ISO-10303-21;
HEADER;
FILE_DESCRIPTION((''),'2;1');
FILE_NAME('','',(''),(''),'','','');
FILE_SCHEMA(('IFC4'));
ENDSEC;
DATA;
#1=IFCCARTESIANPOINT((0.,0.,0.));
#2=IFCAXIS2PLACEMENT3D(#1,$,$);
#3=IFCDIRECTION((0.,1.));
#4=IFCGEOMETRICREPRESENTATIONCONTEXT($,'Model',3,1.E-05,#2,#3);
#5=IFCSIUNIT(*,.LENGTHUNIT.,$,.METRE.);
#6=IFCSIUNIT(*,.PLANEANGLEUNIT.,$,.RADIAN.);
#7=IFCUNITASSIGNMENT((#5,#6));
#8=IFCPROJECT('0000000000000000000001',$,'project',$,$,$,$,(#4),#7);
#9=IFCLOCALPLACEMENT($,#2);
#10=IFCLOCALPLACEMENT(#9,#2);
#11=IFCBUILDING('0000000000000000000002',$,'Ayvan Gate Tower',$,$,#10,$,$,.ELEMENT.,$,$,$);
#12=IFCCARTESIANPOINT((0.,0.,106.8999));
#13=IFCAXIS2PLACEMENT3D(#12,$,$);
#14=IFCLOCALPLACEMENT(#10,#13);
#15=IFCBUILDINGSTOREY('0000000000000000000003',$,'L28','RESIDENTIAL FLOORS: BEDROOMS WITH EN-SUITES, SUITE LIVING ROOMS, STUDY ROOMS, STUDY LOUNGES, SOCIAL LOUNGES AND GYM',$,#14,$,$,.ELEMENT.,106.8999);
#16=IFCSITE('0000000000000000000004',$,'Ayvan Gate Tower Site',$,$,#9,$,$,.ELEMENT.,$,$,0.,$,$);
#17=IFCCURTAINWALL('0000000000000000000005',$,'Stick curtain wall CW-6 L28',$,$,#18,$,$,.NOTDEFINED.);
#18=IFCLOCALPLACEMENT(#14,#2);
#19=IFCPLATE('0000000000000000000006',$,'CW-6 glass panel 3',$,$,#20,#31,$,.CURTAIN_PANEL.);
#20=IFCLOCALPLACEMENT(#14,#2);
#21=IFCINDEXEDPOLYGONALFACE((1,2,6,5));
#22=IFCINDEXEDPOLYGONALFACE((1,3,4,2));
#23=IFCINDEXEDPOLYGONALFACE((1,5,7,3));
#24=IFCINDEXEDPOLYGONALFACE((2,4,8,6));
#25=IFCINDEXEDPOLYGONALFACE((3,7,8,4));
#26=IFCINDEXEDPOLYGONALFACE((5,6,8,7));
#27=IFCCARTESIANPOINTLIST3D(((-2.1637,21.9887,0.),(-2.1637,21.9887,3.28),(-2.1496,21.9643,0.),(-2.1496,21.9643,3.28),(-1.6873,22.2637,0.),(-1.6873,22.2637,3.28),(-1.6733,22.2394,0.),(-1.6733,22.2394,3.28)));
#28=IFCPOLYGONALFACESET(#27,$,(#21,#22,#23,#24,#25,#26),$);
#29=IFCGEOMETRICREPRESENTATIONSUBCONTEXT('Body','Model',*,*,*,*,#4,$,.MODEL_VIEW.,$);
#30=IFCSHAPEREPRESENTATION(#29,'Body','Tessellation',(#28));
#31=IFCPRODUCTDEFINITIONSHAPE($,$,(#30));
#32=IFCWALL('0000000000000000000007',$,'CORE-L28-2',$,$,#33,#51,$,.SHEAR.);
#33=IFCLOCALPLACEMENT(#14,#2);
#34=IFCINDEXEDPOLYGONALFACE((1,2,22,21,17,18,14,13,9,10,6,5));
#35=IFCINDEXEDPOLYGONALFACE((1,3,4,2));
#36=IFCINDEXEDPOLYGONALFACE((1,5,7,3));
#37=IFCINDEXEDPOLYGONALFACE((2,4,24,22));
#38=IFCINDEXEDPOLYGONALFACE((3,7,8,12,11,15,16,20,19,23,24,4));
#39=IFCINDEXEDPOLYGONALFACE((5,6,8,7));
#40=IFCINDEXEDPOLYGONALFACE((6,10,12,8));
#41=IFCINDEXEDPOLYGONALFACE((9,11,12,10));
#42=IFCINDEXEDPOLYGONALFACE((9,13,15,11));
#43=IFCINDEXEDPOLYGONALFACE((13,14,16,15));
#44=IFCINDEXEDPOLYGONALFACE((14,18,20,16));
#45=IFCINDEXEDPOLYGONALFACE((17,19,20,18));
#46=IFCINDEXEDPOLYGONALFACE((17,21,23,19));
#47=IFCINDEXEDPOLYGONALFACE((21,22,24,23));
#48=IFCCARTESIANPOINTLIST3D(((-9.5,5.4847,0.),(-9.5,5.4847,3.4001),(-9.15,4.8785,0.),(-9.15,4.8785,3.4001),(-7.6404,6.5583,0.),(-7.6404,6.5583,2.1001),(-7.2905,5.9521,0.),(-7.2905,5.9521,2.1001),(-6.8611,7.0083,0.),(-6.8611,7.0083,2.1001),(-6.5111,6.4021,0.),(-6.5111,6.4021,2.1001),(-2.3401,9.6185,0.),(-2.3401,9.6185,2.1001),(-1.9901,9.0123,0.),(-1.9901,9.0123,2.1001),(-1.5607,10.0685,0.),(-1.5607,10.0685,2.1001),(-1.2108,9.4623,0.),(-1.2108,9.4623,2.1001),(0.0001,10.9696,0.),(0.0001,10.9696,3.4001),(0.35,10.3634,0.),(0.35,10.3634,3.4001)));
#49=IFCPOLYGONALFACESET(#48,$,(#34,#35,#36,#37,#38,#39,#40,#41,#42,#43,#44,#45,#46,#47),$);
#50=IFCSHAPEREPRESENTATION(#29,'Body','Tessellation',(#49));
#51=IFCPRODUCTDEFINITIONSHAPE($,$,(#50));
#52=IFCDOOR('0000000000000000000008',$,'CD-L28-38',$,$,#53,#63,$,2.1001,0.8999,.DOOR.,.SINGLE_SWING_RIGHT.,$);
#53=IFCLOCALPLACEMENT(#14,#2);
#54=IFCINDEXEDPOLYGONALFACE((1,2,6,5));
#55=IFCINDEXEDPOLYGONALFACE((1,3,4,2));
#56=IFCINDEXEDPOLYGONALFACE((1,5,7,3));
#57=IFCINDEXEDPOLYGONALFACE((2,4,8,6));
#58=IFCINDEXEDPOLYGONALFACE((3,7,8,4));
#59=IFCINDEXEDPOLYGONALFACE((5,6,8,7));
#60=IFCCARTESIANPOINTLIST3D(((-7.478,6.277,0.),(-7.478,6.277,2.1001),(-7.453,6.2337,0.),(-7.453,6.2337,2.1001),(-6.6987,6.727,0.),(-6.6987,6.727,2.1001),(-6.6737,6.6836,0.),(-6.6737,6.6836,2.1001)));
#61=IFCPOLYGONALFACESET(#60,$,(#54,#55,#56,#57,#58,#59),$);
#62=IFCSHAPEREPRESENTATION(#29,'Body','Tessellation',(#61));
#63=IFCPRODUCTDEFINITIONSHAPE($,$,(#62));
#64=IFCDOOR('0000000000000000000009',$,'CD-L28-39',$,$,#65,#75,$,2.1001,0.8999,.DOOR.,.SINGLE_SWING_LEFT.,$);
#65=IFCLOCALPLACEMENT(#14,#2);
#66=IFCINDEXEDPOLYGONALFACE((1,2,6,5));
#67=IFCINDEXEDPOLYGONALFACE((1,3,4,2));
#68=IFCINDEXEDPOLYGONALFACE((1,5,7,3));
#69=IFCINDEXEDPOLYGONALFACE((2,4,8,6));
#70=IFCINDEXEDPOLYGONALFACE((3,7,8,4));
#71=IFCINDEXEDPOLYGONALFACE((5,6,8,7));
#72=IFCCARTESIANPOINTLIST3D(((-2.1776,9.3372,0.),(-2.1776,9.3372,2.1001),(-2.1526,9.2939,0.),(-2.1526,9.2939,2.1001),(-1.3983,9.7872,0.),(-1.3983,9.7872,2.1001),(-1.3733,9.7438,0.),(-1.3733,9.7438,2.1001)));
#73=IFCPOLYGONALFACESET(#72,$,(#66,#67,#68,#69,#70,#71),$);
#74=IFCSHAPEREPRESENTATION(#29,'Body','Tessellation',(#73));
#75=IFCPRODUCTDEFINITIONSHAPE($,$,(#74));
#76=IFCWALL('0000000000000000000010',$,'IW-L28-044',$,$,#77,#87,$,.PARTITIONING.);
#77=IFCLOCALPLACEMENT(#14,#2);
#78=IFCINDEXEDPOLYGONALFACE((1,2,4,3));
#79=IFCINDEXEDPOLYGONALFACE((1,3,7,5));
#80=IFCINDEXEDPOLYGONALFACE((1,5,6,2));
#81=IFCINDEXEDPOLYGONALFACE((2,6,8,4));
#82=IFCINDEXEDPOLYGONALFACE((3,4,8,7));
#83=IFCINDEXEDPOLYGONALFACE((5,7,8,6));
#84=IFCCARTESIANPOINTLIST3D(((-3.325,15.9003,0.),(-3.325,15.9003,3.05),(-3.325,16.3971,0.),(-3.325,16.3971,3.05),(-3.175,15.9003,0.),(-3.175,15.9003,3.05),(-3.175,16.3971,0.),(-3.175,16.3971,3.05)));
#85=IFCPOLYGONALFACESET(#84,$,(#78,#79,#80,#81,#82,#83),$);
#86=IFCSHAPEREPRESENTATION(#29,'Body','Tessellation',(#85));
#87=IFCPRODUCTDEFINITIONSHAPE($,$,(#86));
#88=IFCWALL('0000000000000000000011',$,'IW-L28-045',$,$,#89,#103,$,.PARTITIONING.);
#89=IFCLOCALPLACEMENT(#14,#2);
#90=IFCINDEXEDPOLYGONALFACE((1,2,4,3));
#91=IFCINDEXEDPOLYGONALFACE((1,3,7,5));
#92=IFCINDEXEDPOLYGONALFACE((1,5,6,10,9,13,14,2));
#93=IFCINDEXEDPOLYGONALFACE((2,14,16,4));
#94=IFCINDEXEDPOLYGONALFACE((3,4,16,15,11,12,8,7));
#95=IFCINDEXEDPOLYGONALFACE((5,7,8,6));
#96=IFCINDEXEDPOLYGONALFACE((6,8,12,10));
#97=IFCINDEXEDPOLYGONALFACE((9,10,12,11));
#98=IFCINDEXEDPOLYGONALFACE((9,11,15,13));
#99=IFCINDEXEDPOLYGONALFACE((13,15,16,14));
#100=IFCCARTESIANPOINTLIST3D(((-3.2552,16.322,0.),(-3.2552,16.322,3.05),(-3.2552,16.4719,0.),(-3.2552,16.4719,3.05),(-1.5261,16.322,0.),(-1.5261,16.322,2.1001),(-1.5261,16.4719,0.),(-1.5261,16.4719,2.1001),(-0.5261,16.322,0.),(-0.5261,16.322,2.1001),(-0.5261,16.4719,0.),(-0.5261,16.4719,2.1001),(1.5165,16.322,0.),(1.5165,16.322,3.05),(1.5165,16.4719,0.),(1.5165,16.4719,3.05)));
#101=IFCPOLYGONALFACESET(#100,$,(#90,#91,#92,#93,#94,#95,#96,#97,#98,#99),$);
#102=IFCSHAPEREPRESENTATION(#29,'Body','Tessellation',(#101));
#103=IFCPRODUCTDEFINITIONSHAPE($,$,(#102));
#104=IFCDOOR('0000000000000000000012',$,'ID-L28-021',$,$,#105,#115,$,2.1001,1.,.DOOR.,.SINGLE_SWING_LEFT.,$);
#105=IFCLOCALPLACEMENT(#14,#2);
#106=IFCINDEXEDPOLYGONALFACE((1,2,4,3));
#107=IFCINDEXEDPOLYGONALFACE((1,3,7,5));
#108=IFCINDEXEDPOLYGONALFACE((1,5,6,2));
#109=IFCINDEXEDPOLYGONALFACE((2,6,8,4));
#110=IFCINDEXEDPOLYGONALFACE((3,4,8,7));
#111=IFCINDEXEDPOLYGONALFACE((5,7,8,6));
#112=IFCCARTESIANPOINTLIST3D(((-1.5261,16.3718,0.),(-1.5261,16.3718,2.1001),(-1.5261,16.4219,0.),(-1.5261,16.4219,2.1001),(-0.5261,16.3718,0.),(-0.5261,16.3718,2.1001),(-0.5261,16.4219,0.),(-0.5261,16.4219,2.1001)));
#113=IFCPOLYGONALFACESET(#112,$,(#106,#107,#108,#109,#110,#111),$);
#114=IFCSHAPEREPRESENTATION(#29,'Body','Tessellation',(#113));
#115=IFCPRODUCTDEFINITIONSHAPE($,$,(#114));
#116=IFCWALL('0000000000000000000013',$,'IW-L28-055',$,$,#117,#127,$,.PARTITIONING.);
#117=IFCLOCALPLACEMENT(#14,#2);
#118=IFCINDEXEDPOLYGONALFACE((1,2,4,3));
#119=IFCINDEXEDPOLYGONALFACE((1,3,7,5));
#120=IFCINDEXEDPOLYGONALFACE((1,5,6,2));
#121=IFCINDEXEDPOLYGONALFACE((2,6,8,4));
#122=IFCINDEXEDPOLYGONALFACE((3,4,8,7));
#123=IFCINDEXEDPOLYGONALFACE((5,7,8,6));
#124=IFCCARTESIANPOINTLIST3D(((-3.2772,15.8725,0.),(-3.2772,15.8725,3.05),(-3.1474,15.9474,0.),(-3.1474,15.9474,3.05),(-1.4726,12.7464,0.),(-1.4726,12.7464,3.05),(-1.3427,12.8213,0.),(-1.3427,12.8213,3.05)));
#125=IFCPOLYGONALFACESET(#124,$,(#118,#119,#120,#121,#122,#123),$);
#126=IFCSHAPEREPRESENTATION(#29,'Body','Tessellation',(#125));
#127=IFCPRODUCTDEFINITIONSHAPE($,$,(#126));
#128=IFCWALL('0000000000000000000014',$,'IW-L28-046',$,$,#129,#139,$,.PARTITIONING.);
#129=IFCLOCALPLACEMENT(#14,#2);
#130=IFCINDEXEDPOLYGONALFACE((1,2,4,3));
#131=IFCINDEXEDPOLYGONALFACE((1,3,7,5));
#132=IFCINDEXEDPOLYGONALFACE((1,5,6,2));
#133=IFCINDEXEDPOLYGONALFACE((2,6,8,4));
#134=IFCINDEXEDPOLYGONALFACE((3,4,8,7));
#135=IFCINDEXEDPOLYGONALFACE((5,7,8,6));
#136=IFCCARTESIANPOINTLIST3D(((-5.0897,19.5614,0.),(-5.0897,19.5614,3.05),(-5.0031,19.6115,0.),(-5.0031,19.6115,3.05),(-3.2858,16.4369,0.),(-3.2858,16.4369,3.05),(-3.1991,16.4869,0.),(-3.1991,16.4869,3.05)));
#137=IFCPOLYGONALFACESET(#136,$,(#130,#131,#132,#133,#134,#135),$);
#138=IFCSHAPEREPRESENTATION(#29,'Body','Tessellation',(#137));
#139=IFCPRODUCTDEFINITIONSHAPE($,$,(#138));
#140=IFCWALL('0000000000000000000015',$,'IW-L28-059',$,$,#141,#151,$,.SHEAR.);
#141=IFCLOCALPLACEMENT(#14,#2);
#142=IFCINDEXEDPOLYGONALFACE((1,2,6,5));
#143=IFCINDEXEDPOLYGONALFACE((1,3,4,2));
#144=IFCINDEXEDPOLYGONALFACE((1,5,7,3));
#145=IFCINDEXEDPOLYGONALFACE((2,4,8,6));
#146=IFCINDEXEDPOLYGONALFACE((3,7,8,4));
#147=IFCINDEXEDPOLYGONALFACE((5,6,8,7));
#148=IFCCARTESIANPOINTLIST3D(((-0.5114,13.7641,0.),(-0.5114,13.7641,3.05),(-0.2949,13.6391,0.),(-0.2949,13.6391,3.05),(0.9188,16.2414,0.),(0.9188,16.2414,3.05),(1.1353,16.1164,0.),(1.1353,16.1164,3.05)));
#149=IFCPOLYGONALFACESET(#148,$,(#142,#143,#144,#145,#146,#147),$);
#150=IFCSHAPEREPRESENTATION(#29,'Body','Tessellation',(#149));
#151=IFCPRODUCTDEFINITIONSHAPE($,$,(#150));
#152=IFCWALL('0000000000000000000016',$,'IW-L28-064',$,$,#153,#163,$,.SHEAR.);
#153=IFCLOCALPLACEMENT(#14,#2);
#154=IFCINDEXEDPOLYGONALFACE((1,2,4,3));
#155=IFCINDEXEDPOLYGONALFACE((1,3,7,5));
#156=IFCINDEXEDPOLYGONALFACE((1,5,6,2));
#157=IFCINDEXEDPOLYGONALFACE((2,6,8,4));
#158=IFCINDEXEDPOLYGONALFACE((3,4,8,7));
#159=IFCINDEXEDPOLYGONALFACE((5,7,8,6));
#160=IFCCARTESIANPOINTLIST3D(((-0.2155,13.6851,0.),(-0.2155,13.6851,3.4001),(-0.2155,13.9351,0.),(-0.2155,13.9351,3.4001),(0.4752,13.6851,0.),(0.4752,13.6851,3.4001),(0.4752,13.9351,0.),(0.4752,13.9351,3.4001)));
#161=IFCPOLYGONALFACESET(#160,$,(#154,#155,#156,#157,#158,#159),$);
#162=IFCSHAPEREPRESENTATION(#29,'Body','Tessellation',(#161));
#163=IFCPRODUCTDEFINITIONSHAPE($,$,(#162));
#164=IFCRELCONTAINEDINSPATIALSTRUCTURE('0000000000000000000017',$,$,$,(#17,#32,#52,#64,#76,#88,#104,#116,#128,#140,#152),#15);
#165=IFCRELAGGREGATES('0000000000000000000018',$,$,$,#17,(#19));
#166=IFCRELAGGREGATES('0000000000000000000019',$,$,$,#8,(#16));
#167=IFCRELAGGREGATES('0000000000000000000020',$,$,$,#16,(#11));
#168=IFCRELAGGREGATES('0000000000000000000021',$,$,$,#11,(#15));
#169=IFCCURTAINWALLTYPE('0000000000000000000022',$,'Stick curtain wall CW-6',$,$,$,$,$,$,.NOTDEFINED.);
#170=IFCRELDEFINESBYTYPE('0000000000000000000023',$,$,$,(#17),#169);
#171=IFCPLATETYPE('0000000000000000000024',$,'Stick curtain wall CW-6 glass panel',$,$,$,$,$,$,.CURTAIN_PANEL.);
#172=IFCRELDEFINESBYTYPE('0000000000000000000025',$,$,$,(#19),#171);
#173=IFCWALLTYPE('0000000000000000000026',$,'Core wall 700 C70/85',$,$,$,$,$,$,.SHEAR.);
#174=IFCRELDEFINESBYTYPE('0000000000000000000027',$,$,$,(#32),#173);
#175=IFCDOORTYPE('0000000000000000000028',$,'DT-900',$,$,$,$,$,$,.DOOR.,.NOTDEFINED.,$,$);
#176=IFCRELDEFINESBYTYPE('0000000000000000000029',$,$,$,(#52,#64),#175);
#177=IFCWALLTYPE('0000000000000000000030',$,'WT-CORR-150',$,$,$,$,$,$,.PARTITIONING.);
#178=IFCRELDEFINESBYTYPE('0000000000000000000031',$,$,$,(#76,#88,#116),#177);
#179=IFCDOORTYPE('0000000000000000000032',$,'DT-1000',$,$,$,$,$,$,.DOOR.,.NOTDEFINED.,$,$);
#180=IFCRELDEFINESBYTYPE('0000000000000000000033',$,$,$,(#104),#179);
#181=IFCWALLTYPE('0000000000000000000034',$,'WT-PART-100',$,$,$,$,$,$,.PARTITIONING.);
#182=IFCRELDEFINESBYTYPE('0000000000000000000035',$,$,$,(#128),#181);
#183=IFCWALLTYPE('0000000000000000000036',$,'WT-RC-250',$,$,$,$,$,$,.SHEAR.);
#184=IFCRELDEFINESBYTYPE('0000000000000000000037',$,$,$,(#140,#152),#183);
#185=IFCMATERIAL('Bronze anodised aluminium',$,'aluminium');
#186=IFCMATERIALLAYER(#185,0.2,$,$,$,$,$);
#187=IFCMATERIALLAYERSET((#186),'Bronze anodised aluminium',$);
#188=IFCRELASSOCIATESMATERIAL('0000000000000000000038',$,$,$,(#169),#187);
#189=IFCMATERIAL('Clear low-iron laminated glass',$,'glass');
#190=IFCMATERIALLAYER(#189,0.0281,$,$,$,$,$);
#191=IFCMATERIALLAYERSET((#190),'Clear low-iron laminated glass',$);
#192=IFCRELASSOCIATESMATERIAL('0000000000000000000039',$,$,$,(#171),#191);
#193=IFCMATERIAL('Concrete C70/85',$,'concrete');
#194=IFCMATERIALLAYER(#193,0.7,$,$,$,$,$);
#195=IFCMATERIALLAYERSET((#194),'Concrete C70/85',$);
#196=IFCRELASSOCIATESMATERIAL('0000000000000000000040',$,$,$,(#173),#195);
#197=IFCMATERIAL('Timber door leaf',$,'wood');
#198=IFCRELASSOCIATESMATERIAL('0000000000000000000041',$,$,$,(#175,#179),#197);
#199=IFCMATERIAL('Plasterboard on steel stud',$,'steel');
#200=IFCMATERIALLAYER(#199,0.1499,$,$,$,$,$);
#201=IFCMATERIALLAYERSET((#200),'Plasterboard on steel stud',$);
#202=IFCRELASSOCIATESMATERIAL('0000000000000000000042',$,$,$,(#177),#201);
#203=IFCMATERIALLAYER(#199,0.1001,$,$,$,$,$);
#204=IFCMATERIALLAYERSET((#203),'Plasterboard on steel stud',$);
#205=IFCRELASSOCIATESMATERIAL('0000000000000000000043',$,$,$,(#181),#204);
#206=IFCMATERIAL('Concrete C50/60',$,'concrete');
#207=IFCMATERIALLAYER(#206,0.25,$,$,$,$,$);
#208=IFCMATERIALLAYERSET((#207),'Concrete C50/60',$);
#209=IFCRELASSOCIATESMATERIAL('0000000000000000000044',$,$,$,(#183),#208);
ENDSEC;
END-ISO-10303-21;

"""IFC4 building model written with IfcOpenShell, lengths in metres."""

from ifc_helpers import new_model, si_unit, direction, frame, frame_2d, origin, origin_2d, place, context, subcontext, project, spatial, rectangle, extrude, material, layer, layer_set, type_object, element, fill, aggregate, save


model = new_model("IFC4")

# Units and contexts
model_context = context("Model", 3, precision=1e-05, world=origin(), true_north=direction((0.0, 1.0)))
body_context = subcontext(model_context, "Body", "Model", "MODEL_VIEW")
ifc_project = project(units=[si_unit("LENGTHUNIT", "METRE"), si_unit("PLANEANGLEUNIT", "RADIAN")], contexts=[model_context])

# Site, building, storey
site_placement = place(None, origin())
site = spatial("IfcSite", under=ifc_project, at=site_placement, Name="Ayvan Gate Tower Site", CompositionType="ELEMENT", RefElevation=0.0)
building_placement = place(site_placement, origin())
building = spatial("IfcBuilding", under=site, at=building_placement, Name="Ayvan Gate Tower", CompositionType="ELEMENT")
storey_placement = place(building_placement, frame((0.0, 0.0, 106.8999)))
storey = spatial("IfcBuildingStorey", under=building, at=storey_placement, Name="L28", Description="RESIDENTIAL FLOORS: BEDROOMS WITH EN-SUITES, SUITE LIVING ROOMS, STUDY ROOMS, STUDY LOUNGES, SOCIAL LOUNGES AND GYM", CompositionType="ELEMENT", Elevation=106.8999)

# Curtain wall
ifc_material_1 = material(Name="Bronze anodised aluminium", Category="aluminium")
ifc_layer_1 = layer(ifc_material_1, 0.2)
ifc_layer_set_1 = layer_set([ifc_layer_1], Name="Bronze anodised aluminium")
curtain_wall_type_1 = type_object("IfcCurtainWallType", Name="Stick curtain wall CW-6", PredefinedType="NOTDEFINED", material=ifc_layer_set_1)
curtain_wall_1_placement = place(storey_placement, origin())
curtain_wall_1 = element("IfcCurtainWall", 1, at=curtain_wall_1_placement, inside=storey, type_object=curtain_wall_type_1, Name="Stick curtain wall CW-6 L28", PredefinedType="NOTDEFINED")

# Plate
ifc_material_2 = material(Name="Clear low-iron laminated glass", Category="glass")
ifc_layer_2 = layer(ifc_material_2, 0.0281)
ifc_layer_set_2 = layer_set([ifc_layer_2], Name="Clear low-iron laminated glass")
plate_type_1 = type_object("IfcPlateType", Name="Stick curtain wall CW-6 glass panel", PredefinedType="CURTAIN_PANEL", material=ifc_layer_set_2)
plate_1_placement = place(storey_placement, frame((-1.9185, 22.114, 0.0), z_axis=(0.0, 0.0, 1.0), x_axis=(-0.866025, -0.5, 0.0)))
plate_1 = element("IfcPlate", 2, at=plate_1_placement, type_object=plate_type_1, Name="CW-6 glass panel 3", PredefinedType="CURTAIN_PANEL", context=body_context, shape_type="SweptSolid", body=[
    extrude(rectangle(XDim=0.55, YDim=0.0281, at=origin_2d()), origin(), (0.0, 0.0, 1.0), 3.28),
])
aggregate(curtain_wall_1, [plate_1])

# Wall, openings, doors
ifc_material_3 = material(Name="Concrete C70/85", Category="concrete")
ifc_layer_3 = layer(ifc_material_3, 0.7)
ifc_layer_set_3 = layer_set([ifc_layer_3], Name="Concrete C70/85")
wall_type_1 = type_object("IfcWallType", Name="Core wall 700 C70/85", PredefinedType="SHEAR", material=ifc_layer_set_3)
wall_1_placement = place(storey_placement, frame((0.175, 10.6665, 0.0), z_axis=(0.0, 0.0, 1.0), x_axis=(-0.866024, -0.500002, 0.0)))
wall_1 = element("IfcWall", 3, at=wall_1_placement, inside=storey, type_object=wall_type_1, Name="CORE-L28-2", PredefinedType="SHEAR", context=body_context, shape_type="SweptSolid", body=[
    extrude(rectangle(XDim=10.9697, YDim=0.7, at=frame_2d((5.4849, 0.0))), origin(), (0.0, 0.0, 1.0), 3.4001),
])
opening_1_placement = place(wall_1_placement, frame((7.9226, 0.0, 0.0)))
opening_1 = element("IfcOpeningElement", 4, at=opening_1_placement, cuts=wall_1, PredefinedType="OPENING", context=body_context, shape_type="SweptSolid", body=[
    extrude(rectangle(XDim=0.8999, YDim=2.1001, at=frame_2d((0.45, 1.05))), frame((0.0, 0.3599, 0.0), z_axis=(0.0, -1.0, 0.0), x_axis=(1.0, 0.0, 0.0)), (0.0, 0.0, 1.0), 0.72),
])
opening_2_placement = place(wall_1_placement, frame((1.8022, 0.0, 0.0)))
opening_2 = element("IfcOpeningElement", 5, at=opening_2_placement, cuts=wall_1, PredefinedType="OPENING", context=body_context, shape_type="SweptSolid", body=[
    extrude(rectangle(XDim=0.8999, YDim=2.1001, at=frame_2d((0.45, 1.05))), frame((0.0, 0.3599, 0.0), z_axis=(0.0, -1.0, 0.0), x_axis=(1.0, 0.0, 0.0)), (0.0, 0.0, 1.0), 0.72),
])
ifc_material_4 = material(Name="Timber door leaf", Category="wood")
door_type_1 = type_object("IfcDoorType", Name="DT-900", OperationType="NOTDEFINED", PredefinedType="DOOR", material=ifc_material_4)
door_1_placement = place(opening_1_placement, origin())
door_1 = element("IfcDoor", 6, at=door_1_placement, inside=storey, type_object=door_type_1, Name="CD-L28-38", OperationType="SINGLE_SWING_RIGHT", OverallHeight=2.1001, OverallWidth=0.8999, PredefinedType="DOOR", context=body_context, shape_type="SweptSolid", body=[
    extrude(rectangle(XDim=0.8999, YDim=2.1001, at=frame_2d((0.45, 1.05))), frame((0.0, 0.0249, 0.0), z_axis=(0.0, -1.0, 0.0), x_axis=(1.0, 0.0, 0.0)), (0.0, 0.0, 1.0), 0.05),
])
fill(opening_1, door_1)
door_2_placement = place(opening_2_placement, origin())
door_2 = element("IfcDoor", 7, at=door_2_placement, inside=storey, type_object=door_type_1, Name="CD-L28-39", OperationType="SINGLE_SWING_LEFT", OverallHeight=2.1001, OverallWidth=0.8999, PredefinedType="DOOR", context=body_context, shape_type="SweptSolid", body=[
    extrude(rectangle(XDim=0.8999, YDim=2.1001, at=frame_2d((0.45, 1.05))), frame((0.0, 0.0249, 0.0), z_axis=(0.0, -1.0, 0.0), x_axis=(1.0, 0.0, 0.0)), (0.0, 0.0, 1.0), 0.05),
])
fill(opening_2, door_2)

# Wall
ifc_material_5 = material(Name="Plasterboard on steel stud", Category="steel")
ifc_layer_4 = layer(ifc_material_5, 0.1499)
ifc_layer_set_4 = layer_set([ifc_layer_4], Name="Plasterboard on steel stud")
wall_type_2 = type_object("IfcWallType", Name="WT-CORR-150", PredefinedType="PARTITIONING", material=ifc_layer_set_4)
wall_2_placement = place(storey_placement, frame((-3.25, 15.9001, 0.0), z_axis=(0.0, 0.0, 1.0), x_axis=(0.0, 1.0, 0.0)))
element("IfcWall", 8, at=wall_2_placement, inside=storey, type_object=wall_type_2, Name="IW-L28-044", PredefinedType="PARTITIONING", context=body_context, shape_type="SweptSolid", body=[
    extrude(rectangle(XDim=0.4968, YDim=0.1499, at=frame_2d((0.2485, 0.0))), origin(), (0.0, 0.0, 1.0), 3.05),
])

# Wall, opening, door
wall_3_placement = place(storey_placement, frame((-3.2551, 16.397, 0.0), z_axis=(0.0, 0.0, 1.0), x_axis=(1.0, 0.0, 0.0)))
wall_3 = element("IfcWall", 9, at=wall_3_placement, inside=storey, type_object=wall_type_2, Name="IW-L28-045", PredefinedType="PARTITIONING", context=body_context, shape_type="SweptSolid", body=[
    extrude(rectangle(XDim=4.7717, YDim=0.1499, at=frame_2d((2.3857, 0.0))), origin(), (0.0, 0.0, 1.0), 3.05),
])
opening_3_placement = place(wall_3_placement, frame((1.729, 0.0, 0.0)))
opening_3 = element("IfcOpeningElement", 10, at=opening_3_placement, cuts=wall_3, PredefinedType="OPENING", context=body_context, shape_type="SweptSolid", body=[
    extrude(rectangle(XDim=1.0, YDim=2.1001, at=frame_2d((0.5, 1.05))), frame((0.0, 0.085, 0.0), z_axis=(0.0, -1.0, 0.0), x_axis=(1.0, 0.0, 0.0)), (0.0, 0.0, 1.0), 0.1699),
])
door_type_2 = type_object("IfcDoorType", Name="DT-1000", OperationType="NOTDEFINED", PredefinedType="DOOR", material=ifc_material_4)
door_3_placement = place(opening_3_placement, origin())
door_3 = element("IfcDoor", 11, at=door_3_placement, inside=storey, type_object=door_type_2, Name="ID-L28-021", OperationType="SINGLE_SWING_LEFT", OverallHeight=2.1001, OverallWidth=1.0, PredefinedType="DOOR", context=body_context, shape_type="SweptSolid", body=[
    extrude(rectangle(XDim=1.0, YDim=2.1001, at=frame_2d((0.5, 1.05))), frame((0.0, 0.0249, 0.0), z_axis=(0.0, -1.0, 0.0), x_axis=(1.0, 0.0, 0.0)), (0.0, 0.0, 1.0), 0.05),
])
fill(opening_3, door_3)

# Walls
wall_4_placement = place(storey_placement, frame((-1.4077, 12.7839, 0.0), z_axis=(0.0, 0.0, 1.0), x_axis=(-0.499951, 0.866054, 0.0)))
element("IfcWall", 12, at=wall_4_placement, inside=storey, type_object=wall_type_2, Name="IW-L28-055", PredefinedType="PARTITIONING", context=body_context, shape_type="SweptSolid", body=[
    extrude(rectangle(XDim=3.6096, YDim=0.1499, at=frame_2d((1.8047, 0.0))), origin(), (0.0, 0.0, 1.0), 3.05),
])
ifc_layer_5 = layer(ifc_material_5, 0.1001)
ifc_layer_set_5 = layer_set([ifc_layer_5], Name="Plasterboard on steel stud")
wall_type_3 = type_object("IfcWallType", Name="WT-PART-100", PredefinedType="PARTITIONING", material=ifc_layer_set_5)
wall_5_placement = place(storey_placement, frame((-3.2424, 16.4619, 0.0), z_axis=(0.0, 0.0, 1.0), x_axis=(-0.500004, 0.866023, 0.0)))
element("IfcWall", 13, at=wall_5_placement, inside=storey, type_object=wall_type_3, Name="IW-L28-046", PredefinedType="PARTITIONING", context=body_context, shape_type="SweptSolid", body=[
    extrude(rectangle(XDim=3.6079, YDim=0.1001, at=frame_2d((1.804, 0.0))), origin(), (0.0, 0.0, 1.0), 3.05),
])
ifc_material_6 = material(Name="Concrete C50/60", Category="concrete")
ifc_layer_6 = layer(ifc_material_6, 0.25)
ifc_layer_set_6 = layer_set([ifc_layer_6], Name="Concrete C50/60")
wall_type_4 = type_object("IfcWallType", Name="WT-RC-250", PredefinedType="SHEAR", material=ifc_layer_set_6)
wall_6_placement = place(storey_placement, frame((-0.4031, 13.7017, 0.0), z_axis=(0.0, 0.0, 1.0), x_axis=(0.499976, 0.866039, 0.0)))
element("IfcWall", 14, at=wall_6_placement, inside=storey, type_object=wall_type_4, Name="IW-L28-059", PredefinedType="SHEAR", context=body_context, shape_type="SweptSolid", body=[
    extrude(rectangle(XDim=2.8606, YDim=0.25, at=frame_2d((1.4302, 0.0))), origin(), (0.0, 0.0, 1.0), 3.05),
])
wall_7_placement = place(storey_placement, frame((0.4751, 13.8101, 0.0), z_axis=(0.0, 0.0, 1.0), x_axis=(-1.0, 0.0, 0.0)))
element("IfcWall", 15, at=wall_7_placement, inside=storey, type_object=wall_type_4, Name="IW-L28-064", PredefinedType="SHEAR", context=body_context, shape_type="SweptSolid", body=[
    extrude(rectangle(XDim=0.6907, YDim=0.25, at=frame_2d((0.3452, 0.0))), origin(), (0.0, 0.0, 1.0), 3.4001),
])

save(model, "model.ifc")
